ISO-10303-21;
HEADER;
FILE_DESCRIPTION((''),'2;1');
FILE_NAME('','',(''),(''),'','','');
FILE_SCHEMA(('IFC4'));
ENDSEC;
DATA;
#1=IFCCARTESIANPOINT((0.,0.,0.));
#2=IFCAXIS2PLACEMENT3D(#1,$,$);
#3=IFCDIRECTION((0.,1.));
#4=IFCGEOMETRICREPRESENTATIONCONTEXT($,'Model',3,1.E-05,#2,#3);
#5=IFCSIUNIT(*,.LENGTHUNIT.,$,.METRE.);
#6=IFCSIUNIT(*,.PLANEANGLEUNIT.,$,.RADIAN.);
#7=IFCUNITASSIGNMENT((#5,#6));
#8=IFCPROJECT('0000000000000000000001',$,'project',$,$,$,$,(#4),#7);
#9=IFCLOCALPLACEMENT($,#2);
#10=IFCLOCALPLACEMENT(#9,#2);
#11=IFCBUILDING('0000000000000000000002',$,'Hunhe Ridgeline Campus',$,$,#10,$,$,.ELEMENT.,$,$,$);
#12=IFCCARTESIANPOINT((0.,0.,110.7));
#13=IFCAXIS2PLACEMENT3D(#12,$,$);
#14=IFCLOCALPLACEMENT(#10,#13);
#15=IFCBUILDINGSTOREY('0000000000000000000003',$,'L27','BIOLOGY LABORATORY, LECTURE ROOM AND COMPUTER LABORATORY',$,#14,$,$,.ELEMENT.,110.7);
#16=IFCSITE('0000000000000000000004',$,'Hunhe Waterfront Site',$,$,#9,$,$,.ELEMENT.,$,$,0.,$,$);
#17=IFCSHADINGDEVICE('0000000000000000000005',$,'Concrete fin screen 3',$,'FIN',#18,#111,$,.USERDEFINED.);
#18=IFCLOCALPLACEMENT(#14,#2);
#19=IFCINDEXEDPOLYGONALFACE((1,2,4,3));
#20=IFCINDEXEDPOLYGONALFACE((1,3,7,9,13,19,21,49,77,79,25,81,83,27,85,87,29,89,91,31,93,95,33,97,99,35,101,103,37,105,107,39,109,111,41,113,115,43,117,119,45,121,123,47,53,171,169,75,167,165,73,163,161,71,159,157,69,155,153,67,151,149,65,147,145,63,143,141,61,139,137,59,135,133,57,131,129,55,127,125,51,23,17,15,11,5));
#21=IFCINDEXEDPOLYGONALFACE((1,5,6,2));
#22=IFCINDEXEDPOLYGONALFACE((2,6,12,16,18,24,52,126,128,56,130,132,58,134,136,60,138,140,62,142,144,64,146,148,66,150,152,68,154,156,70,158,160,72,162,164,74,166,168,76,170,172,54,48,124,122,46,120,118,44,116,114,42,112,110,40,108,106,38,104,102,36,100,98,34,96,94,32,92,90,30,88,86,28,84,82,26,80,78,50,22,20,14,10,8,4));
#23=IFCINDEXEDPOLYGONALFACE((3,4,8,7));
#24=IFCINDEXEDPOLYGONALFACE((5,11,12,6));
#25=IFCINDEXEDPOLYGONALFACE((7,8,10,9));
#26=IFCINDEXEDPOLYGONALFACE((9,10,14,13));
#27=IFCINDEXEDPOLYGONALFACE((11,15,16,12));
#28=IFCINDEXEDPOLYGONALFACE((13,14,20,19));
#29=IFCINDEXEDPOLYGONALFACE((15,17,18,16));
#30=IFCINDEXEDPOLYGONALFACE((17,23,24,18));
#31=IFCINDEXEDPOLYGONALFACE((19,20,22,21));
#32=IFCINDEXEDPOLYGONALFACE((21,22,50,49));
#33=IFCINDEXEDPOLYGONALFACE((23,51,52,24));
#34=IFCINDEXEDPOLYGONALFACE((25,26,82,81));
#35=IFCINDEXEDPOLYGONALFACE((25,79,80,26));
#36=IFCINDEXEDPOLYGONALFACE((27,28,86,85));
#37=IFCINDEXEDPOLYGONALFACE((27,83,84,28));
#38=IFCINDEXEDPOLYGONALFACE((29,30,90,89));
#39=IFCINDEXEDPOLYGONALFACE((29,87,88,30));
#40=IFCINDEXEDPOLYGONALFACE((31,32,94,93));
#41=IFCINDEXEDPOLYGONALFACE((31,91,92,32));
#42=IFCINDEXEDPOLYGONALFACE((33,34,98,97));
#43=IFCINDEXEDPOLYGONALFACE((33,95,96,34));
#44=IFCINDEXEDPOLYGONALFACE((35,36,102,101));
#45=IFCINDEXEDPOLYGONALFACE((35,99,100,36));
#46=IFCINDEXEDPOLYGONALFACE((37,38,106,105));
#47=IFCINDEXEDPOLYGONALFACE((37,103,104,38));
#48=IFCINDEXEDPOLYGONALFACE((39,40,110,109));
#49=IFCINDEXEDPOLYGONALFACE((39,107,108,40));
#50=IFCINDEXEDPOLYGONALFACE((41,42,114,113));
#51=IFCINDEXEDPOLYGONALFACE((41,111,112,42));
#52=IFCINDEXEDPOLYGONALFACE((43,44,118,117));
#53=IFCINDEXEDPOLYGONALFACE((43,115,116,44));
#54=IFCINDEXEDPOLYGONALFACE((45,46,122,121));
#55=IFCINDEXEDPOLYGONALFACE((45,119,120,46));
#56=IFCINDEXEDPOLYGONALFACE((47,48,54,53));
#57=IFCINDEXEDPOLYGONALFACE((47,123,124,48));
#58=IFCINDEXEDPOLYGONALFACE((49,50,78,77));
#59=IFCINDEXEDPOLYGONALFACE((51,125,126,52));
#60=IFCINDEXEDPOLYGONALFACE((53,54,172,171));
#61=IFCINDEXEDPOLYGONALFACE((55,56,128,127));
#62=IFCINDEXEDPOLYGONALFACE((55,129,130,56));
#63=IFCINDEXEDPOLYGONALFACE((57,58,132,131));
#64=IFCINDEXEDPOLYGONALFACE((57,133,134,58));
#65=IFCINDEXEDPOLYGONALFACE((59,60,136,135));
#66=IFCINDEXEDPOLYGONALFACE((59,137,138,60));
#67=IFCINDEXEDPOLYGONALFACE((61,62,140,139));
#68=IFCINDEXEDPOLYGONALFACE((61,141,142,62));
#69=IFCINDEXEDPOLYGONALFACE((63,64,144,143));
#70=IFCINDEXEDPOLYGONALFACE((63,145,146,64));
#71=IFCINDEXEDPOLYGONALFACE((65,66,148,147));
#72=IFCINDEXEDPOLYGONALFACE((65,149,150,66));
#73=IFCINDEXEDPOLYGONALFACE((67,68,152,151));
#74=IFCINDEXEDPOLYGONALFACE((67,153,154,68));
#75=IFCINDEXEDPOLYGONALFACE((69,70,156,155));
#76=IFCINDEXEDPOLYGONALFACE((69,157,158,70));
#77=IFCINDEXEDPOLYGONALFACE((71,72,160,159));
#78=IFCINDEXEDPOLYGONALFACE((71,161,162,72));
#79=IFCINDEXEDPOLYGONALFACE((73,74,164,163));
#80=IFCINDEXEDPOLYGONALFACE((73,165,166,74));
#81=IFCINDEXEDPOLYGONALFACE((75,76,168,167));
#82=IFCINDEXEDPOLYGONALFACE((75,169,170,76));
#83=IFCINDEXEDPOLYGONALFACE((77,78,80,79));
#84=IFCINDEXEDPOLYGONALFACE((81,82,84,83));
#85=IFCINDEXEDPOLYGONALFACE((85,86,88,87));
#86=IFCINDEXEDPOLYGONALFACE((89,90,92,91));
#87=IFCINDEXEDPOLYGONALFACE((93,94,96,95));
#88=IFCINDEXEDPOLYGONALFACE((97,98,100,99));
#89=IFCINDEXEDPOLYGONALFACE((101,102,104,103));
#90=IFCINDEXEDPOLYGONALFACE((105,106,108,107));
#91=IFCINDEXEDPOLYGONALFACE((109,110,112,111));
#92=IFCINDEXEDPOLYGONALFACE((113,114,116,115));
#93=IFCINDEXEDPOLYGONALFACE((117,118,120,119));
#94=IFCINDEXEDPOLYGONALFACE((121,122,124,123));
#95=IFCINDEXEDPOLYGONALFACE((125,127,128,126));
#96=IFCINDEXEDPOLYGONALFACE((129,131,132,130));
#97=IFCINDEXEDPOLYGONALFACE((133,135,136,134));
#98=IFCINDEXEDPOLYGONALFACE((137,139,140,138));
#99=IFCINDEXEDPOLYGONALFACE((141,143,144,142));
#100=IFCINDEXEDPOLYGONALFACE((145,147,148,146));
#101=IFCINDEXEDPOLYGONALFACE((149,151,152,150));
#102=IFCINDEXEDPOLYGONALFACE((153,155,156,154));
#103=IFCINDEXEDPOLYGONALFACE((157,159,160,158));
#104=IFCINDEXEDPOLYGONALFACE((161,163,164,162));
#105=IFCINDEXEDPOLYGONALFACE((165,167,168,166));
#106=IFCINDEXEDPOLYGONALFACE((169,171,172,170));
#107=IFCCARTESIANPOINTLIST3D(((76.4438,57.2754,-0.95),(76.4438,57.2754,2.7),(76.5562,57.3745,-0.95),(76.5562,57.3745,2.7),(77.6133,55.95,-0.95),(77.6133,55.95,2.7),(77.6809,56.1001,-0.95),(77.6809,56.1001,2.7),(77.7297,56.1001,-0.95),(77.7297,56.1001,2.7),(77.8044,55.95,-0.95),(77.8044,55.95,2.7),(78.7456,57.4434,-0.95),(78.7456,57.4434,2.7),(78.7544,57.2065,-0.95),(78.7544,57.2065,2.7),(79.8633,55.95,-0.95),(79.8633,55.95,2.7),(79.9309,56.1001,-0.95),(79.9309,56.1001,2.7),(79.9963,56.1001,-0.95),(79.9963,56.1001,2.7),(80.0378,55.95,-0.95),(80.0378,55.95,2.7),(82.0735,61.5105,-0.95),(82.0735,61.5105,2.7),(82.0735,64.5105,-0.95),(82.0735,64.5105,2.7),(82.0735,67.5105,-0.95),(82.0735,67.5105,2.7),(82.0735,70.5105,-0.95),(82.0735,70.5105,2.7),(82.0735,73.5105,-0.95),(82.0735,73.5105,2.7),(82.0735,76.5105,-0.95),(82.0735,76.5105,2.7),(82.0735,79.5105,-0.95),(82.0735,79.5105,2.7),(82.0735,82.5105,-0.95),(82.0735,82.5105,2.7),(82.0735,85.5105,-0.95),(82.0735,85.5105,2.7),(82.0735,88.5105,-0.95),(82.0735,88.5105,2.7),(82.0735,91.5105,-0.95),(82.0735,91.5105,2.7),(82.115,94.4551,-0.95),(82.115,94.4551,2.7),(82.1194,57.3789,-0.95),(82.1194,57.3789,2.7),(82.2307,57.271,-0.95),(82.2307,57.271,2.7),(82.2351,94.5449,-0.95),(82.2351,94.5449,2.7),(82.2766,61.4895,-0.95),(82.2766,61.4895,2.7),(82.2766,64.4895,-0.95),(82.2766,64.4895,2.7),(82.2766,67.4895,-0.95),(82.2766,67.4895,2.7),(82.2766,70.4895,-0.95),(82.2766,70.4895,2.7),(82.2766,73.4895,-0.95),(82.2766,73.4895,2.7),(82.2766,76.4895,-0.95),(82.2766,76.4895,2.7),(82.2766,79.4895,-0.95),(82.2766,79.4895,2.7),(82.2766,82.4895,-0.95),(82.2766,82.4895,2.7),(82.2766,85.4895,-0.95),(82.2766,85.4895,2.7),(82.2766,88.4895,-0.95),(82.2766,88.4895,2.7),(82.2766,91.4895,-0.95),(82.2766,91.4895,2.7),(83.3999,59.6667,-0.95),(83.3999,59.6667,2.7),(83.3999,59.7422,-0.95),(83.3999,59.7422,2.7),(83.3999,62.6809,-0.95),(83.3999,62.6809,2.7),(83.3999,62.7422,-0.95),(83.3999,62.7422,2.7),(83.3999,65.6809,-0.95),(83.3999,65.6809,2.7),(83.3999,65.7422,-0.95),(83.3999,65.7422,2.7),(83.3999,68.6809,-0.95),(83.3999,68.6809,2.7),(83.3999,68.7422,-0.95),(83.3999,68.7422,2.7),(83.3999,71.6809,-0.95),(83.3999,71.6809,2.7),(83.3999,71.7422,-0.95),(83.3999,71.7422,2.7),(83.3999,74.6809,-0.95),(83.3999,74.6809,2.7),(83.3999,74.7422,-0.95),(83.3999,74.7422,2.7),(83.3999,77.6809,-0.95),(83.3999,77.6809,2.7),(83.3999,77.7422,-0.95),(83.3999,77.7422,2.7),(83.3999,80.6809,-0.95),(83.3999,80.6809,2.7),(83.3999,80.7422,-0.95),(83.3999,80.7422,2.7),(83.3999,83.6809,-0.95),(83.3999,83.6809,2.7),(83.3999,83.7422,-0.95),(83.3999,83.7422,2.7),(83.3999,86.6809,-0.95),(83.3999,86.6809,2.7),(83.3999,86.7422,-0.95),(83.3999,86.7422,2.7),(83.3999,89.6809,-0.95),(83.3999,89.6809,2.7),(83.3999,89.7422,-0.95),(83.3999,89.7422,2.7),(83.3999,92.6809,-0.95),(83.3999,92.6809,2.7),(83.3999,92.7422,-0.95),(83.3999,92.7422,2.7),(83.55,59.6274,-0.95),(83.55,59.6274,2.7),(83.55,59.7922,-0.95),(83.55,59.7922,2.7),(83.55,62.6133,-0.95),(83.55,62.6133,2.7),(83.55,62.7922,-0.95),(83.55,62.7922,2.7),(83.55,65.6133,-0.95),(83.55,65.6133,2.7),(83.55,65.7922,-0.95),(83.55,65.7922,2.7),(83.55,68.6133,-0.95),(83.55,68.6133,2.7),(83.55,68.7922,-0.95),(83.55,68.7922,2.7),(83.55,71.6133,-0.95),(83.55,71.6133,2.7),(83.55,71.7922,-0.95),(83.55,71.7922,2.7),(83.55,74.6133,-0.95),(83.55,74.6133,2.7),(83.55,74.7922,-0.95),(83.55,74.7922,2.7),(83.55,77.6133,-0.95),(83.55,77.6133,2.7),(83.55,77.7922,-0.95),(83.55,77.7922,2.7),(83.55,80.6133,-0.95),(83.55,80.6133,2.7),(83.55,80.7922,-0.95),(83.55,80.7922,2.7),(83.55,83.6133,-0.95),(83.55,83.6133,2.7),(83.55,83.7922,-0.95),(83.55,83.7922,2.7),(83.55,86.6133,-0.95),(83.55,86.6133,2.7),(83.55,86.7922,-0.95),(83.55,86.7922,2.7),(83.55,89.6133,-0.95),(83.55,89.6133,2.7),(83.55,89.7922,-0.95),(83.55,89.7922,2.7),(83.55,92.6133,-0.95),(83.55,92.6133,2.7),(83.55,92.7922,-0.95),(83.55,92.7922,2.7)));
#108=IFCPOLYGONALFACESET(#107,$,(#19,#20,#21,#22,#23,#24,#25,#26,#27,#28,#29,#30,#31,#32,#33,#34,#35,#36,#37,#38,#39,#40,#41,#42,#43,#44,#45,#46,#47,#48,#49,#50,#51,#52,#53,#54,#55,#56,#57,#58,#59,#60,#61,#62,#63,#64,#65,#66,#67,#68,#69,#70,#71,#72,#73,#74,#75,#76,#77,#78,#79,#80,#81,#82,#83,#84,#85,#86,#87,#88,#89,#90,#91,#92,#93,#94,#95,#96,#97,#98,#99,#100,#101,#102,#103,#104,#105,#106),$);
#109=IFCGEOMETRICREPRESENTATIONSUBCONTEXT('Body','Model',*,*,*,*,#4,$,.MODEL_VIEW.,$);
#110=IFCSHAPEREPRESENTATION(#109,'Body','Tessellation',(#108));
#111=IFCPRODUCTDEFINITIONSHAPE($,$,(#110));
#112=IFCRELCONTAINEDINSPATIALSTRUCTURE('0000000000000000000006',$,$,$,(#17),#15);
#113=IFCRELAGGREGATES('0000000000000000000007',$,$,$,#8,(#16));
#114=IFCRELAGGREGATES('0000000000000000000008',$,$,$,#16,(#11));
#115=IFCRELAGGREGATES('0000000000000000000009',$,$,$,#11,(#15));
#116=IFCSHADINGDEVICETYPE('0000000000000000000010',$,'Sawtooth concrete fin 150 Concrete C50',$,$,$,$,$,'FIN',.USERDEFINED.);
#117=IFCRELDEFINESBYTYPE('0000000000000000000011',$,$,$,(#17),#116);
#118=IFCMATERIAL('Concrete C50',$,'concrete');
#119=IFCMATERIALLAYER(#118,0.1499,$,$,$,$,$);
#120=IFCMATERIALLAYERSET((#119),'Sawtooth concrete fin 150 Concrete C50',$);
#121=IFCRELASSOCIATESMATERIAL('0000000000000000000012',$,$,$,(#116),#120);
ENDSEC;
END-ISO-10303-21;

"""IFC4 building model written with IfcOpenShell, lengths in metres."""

from ifc_helpers import new_model, si_unit, direction, frame, origin, place, context, subcontext, project, spatial, polyline, outline, extrude, material, layer, layer_set, type_object, element, save


model = new_model("IFC4")

# Units and contexts
model_context = context("Model", 3, precision=1e-05, world=origin(), true_north=direction((0.0, 1.0)))
body_context = subcontext(model_context, "Body", "Model", "MODEL_VIEW")
ifc_project = project(units=[si_unit("LENGTHUNIT", "METRE"), si_unit("PLANEANGLEUNIT", "RADIAN")], contexts=[model_context])

# Site, building, storey
site_placement = place(None, origin())
site = spatial("IfcSite", under=ifc_project, at=site_placement, Name="Hunhe Waterfront Site", CompositionType="ELEMENT", RefElevation=0.0)
building_placement = place(site_placement, origin())
building = spatial("IfcBuilding", under=site, at=building_placement, Name="Hunhe Ridgeline Campus", CompositionType="ELEMENT")
storey_placement = place(building_placement, frame((0.0, 0.0, 110.7)))
storey = spatial("IfcBuildingStorey", under=building, at=storey_placement, Name="L27", Description="BIOLOGY LABORATORY, LECTURE ROOM AND COMPUTER LABORATORY", CompositionType="ELEMENT", Elevation=110.7)

# Shading device
ifc_material_1 = material(Name="Concrete C50", Category="concrete")
ifc_layer_1 = layer(ifc_material_1, 0.1499)
ifc_layer_set_1 = layer_set([ifc_layer_1], Name="Sawtooth concrete fin 150 Concrete C50")
shading_device_type = type_object("IfcShadingDeviceType", Name="Sawtooth concrete fin 150 Concrete C50", ElementType="FIN", PredefinedType="USERDEFINED", material=ifc_layer_set_1)
shading_device_1_placement = place(storey_placement, frame((0.0, 0.0, -0.95)))
element("IfcShadingDevice", 1, at=shading_device_1_placement, inside=storey, type_object=shading_device_type, Name="Concrete fin screen 3", ObjectType="FIN", PredefinedType="USERDEFINED", context=body_context, shape_type="SweptSolid", body=[
    extrude(outline(polyline([(76.5562, 57.3745), (76.4438, 57.2754), (77.6133, 55.95), (77.8044, 55.95), (78.7544, 57.2065), (79.8633, 55.95), (80.0378, 55.95), (82.2307, 57.271), (83.55, 59.6274), (83.55, 59.7922), (82.2766, 61.4895), (83.55, 62.6133), (83.55, 62.7922), (82.2766, 64.4895), (83.55, 65.6133), (83.55, 65.7922), (82.2766, 67.4895), (83.55, 68.6133), (83.55, 68.7922), (82.2766, 70.4895), (83.55, 71.6133), (83.55, 71.7922), (82.2766, 73.4895), (83.55, 74.6133), (83.55, 74.7922), (82.2766, 76.4895), (83.55, 77.6133), (83.55, 77.7922), (82.2766, 79.4895), (83.55, 80.6133), (83.55, 80.7922), (82.2766, 82.4895), (83.55, 83.6133), (83.55, 83.7922), (82.2766, 85.4895), (83.55, 86.6133), (83.55, 86.7922), (82.2766, 88.4895), (83.55, 89.6133), (83.55, 89.7922), (82.2766, 91.4895), (83.55, 92.6133), (83.55, 92.7922), (82.2351, 94.5449), (82.115, 94.4551), (83.3999, 92.7422), (83.3999, 92.6809), (82.0735, 91.5105), (83.3999, 89.7422), (83.3999, 89.6809), (82.0735, 88.5105), (83.3999, 86.7422), (83.3999, 86.6809), (82.0735, 85.5105), (83.3999, 83.7422), (83.3999, 83.6809), (82.0735, 82.5105), (83.3999, 80.7422), (83.3999, 80.6809), (82.0735, 79.5105), (83.3999, 77.7422), (83.3999, 77.6809), (82.0735, 76.5105), (83.3999, 74.7422), (83.3999, 74.6809), (82.0735, 73.5105), (83.3999, 71.7422), (83.3999, 71.6809), (82.0735, 70.5105), (83.3999, 68.7422), (83.3999, 68.6809), (82.0735, 67.5105), (83.3999, 65.7422), (83.3999, 65.6809), (82.0735, 64.5105), (83.3999, 62.7422), (83.3999, 62.6809), (82.0735, 61.5105), (83.3999, 59.7422), (83.3999, 59.6667), (82.1194, 57.3789), (79.9963, 56.1001), (79.9309, 56.1001), (78.7456, 57.4434), (77.7297, 56.1001), (77.6809, 56.1001), (76.5562, 57.3745)])), origin(), (0.0, 0.0, 1.0), 3.6499),
])

save(model, "model.ifc")
